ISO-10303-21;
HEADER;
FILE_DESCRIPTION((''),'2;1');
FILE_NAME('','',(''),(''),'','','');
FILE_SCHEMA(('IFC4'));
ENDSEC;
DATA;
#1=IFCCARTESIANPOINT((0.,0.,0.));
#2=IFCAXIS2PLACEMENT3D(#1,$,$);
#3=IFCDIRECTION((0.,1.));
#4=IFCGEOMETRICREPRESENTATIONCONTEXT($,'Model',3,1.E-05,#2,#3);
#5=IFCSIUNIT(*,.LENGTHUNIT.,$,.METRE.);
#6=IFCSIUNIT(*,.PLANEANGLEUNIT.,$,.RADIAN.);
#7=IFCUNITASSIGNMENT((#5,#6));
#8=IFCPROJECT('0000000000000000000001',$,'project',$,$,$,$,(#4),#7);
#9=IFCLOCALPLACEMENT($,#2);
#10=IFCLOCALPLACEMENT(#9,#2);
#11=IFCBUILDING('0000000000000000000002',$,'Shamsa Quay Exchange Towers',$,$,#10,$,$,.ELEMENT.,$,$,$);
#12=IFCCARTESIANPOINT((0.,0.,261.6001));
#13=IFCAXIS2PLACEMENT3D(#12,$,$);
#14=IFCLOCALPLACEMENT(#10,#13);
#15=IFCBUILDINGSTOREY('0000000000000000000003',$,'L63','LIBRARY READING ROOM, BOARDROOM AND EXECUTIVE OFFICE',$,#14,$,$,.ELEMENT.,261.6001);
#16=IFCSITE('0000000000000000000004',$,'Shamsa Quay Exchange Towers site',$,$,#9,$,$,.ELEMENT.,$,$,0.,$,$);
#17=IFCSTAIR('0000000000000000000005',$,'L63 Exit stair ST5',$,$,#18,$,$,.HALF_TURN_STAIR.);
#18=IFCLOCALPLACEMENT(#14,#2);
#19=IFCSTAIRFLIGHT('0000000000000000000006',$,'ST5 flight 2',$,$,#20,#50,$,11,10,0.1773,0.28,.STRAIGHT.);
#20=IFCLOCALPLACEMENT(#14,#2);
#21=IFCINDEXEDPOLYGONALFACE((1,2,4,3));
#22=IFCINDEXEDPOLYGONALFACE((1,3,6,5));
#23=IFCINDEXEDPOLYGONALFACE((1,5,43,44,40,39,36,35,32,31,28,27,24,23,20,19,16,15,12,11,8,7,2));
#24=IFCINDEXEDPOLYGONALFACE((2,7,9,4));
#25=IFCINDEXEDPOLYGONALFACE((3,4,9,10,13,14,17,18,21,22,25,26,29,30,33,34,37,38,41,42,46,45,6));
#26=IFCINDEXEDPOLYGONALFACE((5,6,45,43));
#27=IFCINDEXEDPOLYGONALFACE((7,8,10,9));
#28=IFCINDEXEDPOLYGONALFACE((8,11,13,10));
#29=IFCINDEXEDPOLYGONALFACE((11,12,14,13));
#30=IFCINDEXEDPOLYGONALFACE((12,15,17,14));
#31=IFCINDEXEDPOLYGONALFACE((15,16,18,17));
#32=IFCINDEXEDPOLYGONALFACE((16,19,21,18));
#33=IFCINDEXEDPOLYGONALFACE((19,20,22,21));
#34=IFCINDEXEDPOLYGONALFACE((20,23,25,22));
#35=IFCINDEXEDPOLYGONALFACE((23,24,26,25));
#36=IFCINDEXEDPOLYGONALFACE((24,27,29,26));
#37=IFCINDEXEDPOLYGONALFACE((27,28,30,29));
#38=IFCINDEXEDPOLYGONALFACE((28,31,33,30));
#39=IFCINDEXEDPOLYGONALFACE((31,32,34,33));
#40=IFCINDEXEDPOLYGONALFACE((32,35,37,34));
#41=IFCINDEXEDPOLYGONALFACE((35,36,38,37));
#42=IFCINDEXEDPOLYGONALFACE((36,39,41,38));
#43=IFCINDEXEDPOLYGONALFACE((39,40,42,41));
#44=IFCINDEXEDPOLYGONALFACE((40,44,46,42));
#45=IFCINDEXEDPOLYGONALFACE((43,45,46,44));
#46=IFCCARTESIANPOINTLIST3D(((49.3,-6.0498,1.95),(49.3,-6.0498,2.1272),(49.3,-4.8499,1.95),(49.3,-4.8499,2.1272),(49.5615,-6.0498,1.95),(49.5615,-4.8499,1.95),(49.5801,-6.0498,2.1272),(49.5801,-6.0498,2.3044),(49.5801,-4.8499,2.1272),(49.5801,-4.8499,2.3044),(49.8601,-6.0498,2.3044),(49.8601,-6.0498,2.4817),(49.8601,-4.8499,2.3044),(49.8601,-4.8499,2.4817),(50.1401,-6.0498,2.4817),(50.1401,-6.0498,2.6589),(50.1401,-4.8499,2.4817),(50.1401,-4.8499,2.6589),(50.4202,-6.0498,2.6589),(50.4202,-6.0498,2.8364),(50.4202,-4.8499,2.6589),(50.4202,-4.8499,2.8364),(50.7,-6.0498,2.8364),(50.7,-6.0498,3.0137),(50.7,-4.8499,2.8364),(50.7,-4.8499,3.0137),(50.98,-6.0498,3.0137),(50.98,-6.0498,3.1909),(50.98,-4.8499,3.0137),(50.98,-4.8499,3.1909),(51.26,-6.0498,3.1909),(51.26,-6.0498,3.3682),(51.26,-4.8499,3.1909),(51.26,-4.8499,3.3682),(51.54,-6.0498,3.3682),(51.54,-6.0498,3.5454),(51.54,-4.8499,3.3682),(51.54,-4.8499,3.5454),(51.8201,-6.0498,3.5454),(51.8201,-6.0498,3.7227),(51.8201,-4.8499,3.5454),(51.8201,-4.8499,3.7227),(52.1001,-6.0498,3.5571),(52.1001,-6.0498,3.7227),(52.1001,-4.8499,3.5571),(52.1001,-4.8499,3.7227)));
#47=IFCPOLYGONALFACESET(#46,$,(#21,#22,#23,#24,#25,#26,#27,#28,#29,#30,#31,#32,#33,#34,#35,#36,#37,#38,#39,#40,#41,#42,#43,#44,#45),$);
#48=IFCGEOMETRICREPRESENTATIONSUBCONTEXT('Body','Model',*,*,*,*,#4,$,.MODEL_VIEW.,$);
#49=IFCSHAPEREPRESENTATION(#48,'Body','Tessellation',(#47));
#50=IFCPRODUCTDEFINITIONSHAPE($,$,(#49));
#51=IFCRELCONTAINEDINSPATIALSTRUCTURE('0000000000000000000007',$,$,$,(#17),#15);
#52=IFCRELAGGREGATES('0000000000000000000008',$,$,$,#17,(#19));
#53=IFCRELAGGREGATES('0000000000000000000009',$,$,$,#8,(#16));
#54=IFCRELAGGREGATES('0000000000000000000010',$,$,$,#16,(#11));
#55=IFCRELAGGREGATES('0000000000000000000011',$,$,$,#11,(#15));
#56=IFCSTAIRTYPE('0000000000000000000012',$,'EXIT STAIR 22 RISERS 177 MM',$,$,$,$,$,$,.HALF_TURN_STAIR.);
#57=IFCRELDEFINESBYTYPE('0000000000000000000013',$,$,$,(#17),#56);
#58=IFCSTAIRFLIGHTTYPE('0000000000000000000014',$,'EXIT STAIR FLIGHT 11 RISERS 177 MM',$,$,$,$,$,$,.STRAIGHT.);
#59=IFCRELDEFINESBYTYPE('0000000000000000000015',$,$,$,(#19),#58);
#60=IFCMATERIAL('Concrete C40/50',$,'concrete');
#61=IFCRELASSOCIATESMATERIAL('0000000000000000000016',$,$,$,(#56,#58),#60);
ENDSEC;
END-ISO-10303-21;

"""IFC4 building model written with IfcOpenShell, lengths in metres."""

from ifc_helpers import new_model, si_unit, direction, frame, origin, place, context, subcontext, project, spatial, polyline, outline, extrude, material, type_object, element, aggregate, save


model = new_model("IFC4")

# Units and contexts
model_context = context("Model", 3, precision=1e-05, world=origin(), true_north=direction((0.0, 1.0)))
body_context = subcontext(model_context, "Body", "Model", "MODEL_VIEW")
ifc_project = project(units=[si_unit("LENGTHUNIT", "METRE"), si_unit("PLANEANGLEUNIT", "RADIAN")], contexts=[model_context])

# Site, building, storey
site_placement = place(None, origin())
site = spatial("IfcSite", under=ifc_project, at=site_placement, Name="Shamsa Quay Exchange Towers site", CompositionType="ELEMENT", RefElevation=0.0)
building_placement = place(site_placement, origin())
building = spatial("IfcBuilding", under=site, at=building_placement, Name="Shamsa Quay Exchange Towers", CompositionType="ELEMENT")
storey_placement = place(building_placement, frame((0.0, 0.0, 261.6001)))
storey = spatial("IfcBuildingStorey", under=building, at=storey_placement, Name="L63", Description="LIBRARY READING ROOM, BOARDROOM AND EXECUTIVE OFFICE", CompositionType="ELEMENT", Elevation=261.6001)

# Stair, stair flight
ifc_material_1 = material(Name="Concrete C40/50", Category="concrete")
stair_type = type_object("IfcStairType", Name="EXIT STAIR 22 RISERS 177 MM", PredefinedType="HALF_TURN_STAIR", material=ifc_material_1)
stair_placement = place(storey_placement, origin())
stair = element("IfcStair", 1, at=stair_placement, inside=storey, type_object=stair_type, Name="L63 Exit stair ST5", PredefinedType="HALF_TURN_STAIR")
stair_flight_type = type_object("IfcStairFlightType", Name="EXIT STAIR FLIGHT 11 RISERS 177 MM", PredefinedType="STRAIGHT", material=ifc_material_1)
stair_flight_1_placement = place(storey_placement, frame((49.3, -5.45, 1.95)))
stair_flight_1 = element("IfcStairFlight", 2, at=stair_flight_1_placement, type_object=stair_flight_type, Name="ST5 flight 2", NumberOfRisers=11, NumberOfTreads=10, PredefinedType="STRAIGHT", RiserHeight=0.1773, TreadLength=0.28, context=body_context, shape_type="SweptSolid", body=[
    extrude(outline(polyline([(0.0, 0.0), (0.0, 0.1772), (0.28, 0.1772), (0.28, 0.3545), (0.5601, 0.3545), (0.5601, 0.5317), (0.8401, 0.5317), (0.8401, 0.709), (1.1201, 0.709), (1.1201, 0.8865), (1.3999, 0.8865), (1.3999, 1.0637), (1.6799, 1.0637), (1.6799, 1.241), (1.96, 1.241), (1.96, 1.4182), (2.24, 1.4182), (2.24, 1.5955), (2.52, 1.5955), (2.52, 1.7727), (2.8, 1.7727), (2.8, 1.95), (2.8, 1.6072), (0.2615, 0.0), (0.0, 0.0)])), frame((0.0, 0.6001, 0.0), z_axis=(0.0, -1.0, 0.0), x_axis=(1.0, 0.0, 0.0)), (0.0, 0.0, 1.0), 1.2),
])
aggregate(stair, [stair_flight_1])

save(model, "model.ifc")
